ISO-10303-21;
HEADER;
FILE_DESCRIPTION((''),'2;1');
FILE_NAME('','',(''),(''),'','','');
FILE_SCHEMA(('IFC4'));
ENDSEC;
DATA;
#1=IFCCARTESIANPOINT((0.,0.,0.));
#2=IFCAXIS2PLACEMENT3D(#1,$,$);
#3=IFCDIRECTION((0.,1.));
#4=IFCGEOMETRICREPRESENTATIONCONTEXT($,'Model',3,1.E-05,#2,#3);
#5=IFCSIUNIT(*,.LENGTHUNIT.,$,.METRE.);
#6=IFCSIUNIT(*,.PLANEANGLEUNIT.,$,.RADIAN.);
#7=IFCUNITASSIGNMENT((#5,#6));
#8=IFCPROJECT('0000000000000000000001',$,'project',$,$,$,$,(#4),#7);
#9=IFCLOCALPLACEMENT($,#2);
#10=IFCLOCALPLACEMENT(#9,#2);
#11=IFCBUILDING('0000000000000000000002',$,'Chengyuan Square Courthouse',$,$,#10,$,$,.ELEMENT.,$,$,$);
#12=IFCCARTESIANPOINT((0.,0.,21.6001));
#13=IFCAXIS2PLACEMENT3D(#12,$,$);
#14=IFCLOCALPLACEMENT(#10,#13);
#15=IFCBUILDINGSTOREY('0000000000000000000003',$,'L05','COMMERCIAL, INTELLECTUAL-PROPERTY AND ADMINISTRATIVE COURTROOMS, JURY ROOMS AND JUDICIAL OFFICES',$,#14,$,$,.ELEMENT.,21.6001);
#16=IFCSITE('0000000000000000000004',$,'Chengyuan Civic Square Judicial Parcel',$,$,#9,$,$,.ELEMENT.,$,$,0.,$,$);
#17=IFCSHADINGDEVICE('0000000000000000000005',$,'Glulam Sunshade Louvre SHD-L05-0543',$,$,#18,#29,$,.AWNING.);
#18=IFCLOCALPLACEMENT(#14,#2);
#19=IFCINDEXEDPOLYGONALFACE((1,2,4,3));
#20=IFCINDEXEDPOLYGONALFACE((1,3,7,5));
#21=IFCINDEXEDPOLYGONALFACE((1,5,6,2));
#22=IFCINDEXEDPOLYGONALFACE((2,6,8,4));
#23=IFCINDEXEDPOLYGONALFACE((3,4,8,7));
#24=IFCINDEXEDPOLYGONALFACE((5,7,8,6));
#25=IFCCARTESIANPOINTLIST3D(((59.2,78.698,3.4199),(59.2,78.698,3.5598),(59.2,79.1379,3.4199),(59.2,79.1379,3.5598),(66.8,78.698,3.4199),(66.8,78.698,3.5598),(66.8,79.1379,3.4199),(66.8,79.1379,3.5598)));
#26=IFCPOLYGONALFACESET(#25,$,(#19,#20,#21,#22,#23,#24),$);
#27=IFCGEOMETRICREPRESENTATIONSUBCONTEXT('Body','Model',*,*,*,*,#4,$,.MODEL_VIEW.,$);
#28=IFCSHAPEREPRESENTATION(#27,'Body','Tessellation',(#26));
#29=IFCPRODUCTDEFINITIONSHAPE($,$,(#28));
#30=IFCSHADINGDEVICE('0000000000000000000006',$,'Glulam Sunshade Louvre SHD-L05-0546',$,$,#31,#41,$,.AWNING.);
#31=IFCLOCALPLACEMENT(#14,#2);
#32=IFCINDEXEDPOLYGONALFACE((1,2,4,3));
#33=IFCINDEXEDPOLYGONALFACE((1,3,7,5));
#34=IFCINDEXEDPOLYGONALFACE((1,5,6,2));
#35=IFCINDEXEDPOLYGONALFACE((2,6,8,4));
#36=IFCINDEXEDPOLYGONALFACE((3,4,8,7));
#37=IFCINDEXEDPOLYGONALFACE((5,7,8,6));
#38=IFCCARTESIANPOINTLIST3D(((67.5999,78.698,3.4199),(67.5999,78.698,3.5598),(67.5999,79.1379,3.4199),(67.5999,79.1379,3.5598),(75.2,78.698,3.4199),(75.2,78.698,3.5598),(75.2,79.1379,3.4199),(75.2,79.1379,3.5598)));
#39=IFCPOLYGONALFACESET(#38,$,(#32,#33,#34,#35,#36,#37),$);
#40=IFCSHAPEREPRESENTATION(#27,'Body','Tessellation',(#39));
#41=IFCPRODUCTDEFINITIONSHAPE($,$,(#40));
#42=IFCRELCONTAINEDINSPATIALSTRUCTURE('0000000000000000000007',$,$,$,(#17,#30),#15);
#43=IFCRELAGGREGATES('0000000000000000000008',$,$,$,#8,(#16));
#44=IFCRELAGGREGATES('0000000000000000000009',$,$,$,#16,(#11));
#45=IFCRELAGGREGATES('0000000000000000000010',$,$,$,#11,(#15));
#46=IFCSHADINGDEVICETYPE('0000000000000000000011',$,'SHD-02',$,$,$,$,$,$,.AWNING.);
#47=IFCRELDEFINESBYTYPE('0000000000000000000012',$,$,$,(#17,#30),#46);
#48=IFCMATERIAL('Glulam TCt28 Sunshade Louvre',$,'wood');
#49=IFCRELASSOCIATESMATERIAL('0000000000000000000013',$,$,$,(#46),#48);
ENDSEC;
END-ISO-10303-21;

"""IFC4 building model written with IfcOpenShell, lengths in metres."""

from ifc_helpers import new_model, si_unit, direction, frame, origin, origin_2d, place, context, subcontext, project, spatial, rectangle, extrude, material, type_object, element, save


model = new_model("IFC4")

# Units and contexts
model_context = context("Model", 3, precision=1e-05, world=origin(), true_north=direction((0.0, 1.0)))
body_context = subcontext(model_context, "Body", "Model", "MODEL_VIEW")
ifc_project = project(units=[si_unit("LENGTHUNIT", "METRE"), si_unit("PLANEANGLEUNIT", "RADIAN")], contexts=[model_context])

# Site, building, storey
site_placement = place(None, origin())
site = spatial("IfcSite", under=ifc_project, at=site_placement, Name="Chengyuan Civic Square Judicial Parcel", CompositionType="ELEMENT", RefElevation=0.0)
building_placement = place(site_placement, origin())
building = spatial("IfcBuilding", under=site, at=building_placement, Name="Chengyuan Square Courthouse", CompositionType="ELEMENT")
storey_placement = place(building_placement, frame((0.0, 0.0, 21.6001)))
storey = spatial("IfcBuildingStorey", under=building, at=storey_placement, Name="L05", Description="COMMERCIAL, INTELLECTUAL-PROPERTY AND ADMINISTRATIVE COURTROOMS, JURY ROOMS AND JUDICIAL OFFICES", CompositionType="ELEMENT", Elevation=21.6001)

# Shading devices
ifc_material_1 = material(Name="Glulam TCt28 Sunshade Louvre", Category="wood")
shading_device_type_1 = type_object("IfcShadingDeviceType", Name="SHD-02", PredefinedType="AWNING", material=ifc_material_1)
for number, where, z_axis, x_axis, name in (
    (1, (63.0, 78.918, 3.4199), (0.0, 0.0, 1.0), (1.0, 0.0, 0.0), "Glulam Sunshade Louvre SHD-L05-0543"),
    (2, (71.3999, 78.918, 3.4199), (0.0, 0.0, 1.0), (1.0, 0.0, 0.0), "Glulam Sunshade Louvre SHD-L05-0546"),
):
    element("IfcShadingDevice", number, at=place(storey_placement, frame(where, z_axis=z_axis, x_axis=x_axis)), inside=storey, type_object=shading_device_type_1, Name=name, PredefinedType="AWNING", context=body_context, shape_type="SweptSolid", body=[
        extrude(rectangle(XDim=7.6001, YDim=0.4399, at=origin_2d()), origin(), (0.0, 0.0, 1.0), 0.1399),
    ])

save(model, "model.ifc")
